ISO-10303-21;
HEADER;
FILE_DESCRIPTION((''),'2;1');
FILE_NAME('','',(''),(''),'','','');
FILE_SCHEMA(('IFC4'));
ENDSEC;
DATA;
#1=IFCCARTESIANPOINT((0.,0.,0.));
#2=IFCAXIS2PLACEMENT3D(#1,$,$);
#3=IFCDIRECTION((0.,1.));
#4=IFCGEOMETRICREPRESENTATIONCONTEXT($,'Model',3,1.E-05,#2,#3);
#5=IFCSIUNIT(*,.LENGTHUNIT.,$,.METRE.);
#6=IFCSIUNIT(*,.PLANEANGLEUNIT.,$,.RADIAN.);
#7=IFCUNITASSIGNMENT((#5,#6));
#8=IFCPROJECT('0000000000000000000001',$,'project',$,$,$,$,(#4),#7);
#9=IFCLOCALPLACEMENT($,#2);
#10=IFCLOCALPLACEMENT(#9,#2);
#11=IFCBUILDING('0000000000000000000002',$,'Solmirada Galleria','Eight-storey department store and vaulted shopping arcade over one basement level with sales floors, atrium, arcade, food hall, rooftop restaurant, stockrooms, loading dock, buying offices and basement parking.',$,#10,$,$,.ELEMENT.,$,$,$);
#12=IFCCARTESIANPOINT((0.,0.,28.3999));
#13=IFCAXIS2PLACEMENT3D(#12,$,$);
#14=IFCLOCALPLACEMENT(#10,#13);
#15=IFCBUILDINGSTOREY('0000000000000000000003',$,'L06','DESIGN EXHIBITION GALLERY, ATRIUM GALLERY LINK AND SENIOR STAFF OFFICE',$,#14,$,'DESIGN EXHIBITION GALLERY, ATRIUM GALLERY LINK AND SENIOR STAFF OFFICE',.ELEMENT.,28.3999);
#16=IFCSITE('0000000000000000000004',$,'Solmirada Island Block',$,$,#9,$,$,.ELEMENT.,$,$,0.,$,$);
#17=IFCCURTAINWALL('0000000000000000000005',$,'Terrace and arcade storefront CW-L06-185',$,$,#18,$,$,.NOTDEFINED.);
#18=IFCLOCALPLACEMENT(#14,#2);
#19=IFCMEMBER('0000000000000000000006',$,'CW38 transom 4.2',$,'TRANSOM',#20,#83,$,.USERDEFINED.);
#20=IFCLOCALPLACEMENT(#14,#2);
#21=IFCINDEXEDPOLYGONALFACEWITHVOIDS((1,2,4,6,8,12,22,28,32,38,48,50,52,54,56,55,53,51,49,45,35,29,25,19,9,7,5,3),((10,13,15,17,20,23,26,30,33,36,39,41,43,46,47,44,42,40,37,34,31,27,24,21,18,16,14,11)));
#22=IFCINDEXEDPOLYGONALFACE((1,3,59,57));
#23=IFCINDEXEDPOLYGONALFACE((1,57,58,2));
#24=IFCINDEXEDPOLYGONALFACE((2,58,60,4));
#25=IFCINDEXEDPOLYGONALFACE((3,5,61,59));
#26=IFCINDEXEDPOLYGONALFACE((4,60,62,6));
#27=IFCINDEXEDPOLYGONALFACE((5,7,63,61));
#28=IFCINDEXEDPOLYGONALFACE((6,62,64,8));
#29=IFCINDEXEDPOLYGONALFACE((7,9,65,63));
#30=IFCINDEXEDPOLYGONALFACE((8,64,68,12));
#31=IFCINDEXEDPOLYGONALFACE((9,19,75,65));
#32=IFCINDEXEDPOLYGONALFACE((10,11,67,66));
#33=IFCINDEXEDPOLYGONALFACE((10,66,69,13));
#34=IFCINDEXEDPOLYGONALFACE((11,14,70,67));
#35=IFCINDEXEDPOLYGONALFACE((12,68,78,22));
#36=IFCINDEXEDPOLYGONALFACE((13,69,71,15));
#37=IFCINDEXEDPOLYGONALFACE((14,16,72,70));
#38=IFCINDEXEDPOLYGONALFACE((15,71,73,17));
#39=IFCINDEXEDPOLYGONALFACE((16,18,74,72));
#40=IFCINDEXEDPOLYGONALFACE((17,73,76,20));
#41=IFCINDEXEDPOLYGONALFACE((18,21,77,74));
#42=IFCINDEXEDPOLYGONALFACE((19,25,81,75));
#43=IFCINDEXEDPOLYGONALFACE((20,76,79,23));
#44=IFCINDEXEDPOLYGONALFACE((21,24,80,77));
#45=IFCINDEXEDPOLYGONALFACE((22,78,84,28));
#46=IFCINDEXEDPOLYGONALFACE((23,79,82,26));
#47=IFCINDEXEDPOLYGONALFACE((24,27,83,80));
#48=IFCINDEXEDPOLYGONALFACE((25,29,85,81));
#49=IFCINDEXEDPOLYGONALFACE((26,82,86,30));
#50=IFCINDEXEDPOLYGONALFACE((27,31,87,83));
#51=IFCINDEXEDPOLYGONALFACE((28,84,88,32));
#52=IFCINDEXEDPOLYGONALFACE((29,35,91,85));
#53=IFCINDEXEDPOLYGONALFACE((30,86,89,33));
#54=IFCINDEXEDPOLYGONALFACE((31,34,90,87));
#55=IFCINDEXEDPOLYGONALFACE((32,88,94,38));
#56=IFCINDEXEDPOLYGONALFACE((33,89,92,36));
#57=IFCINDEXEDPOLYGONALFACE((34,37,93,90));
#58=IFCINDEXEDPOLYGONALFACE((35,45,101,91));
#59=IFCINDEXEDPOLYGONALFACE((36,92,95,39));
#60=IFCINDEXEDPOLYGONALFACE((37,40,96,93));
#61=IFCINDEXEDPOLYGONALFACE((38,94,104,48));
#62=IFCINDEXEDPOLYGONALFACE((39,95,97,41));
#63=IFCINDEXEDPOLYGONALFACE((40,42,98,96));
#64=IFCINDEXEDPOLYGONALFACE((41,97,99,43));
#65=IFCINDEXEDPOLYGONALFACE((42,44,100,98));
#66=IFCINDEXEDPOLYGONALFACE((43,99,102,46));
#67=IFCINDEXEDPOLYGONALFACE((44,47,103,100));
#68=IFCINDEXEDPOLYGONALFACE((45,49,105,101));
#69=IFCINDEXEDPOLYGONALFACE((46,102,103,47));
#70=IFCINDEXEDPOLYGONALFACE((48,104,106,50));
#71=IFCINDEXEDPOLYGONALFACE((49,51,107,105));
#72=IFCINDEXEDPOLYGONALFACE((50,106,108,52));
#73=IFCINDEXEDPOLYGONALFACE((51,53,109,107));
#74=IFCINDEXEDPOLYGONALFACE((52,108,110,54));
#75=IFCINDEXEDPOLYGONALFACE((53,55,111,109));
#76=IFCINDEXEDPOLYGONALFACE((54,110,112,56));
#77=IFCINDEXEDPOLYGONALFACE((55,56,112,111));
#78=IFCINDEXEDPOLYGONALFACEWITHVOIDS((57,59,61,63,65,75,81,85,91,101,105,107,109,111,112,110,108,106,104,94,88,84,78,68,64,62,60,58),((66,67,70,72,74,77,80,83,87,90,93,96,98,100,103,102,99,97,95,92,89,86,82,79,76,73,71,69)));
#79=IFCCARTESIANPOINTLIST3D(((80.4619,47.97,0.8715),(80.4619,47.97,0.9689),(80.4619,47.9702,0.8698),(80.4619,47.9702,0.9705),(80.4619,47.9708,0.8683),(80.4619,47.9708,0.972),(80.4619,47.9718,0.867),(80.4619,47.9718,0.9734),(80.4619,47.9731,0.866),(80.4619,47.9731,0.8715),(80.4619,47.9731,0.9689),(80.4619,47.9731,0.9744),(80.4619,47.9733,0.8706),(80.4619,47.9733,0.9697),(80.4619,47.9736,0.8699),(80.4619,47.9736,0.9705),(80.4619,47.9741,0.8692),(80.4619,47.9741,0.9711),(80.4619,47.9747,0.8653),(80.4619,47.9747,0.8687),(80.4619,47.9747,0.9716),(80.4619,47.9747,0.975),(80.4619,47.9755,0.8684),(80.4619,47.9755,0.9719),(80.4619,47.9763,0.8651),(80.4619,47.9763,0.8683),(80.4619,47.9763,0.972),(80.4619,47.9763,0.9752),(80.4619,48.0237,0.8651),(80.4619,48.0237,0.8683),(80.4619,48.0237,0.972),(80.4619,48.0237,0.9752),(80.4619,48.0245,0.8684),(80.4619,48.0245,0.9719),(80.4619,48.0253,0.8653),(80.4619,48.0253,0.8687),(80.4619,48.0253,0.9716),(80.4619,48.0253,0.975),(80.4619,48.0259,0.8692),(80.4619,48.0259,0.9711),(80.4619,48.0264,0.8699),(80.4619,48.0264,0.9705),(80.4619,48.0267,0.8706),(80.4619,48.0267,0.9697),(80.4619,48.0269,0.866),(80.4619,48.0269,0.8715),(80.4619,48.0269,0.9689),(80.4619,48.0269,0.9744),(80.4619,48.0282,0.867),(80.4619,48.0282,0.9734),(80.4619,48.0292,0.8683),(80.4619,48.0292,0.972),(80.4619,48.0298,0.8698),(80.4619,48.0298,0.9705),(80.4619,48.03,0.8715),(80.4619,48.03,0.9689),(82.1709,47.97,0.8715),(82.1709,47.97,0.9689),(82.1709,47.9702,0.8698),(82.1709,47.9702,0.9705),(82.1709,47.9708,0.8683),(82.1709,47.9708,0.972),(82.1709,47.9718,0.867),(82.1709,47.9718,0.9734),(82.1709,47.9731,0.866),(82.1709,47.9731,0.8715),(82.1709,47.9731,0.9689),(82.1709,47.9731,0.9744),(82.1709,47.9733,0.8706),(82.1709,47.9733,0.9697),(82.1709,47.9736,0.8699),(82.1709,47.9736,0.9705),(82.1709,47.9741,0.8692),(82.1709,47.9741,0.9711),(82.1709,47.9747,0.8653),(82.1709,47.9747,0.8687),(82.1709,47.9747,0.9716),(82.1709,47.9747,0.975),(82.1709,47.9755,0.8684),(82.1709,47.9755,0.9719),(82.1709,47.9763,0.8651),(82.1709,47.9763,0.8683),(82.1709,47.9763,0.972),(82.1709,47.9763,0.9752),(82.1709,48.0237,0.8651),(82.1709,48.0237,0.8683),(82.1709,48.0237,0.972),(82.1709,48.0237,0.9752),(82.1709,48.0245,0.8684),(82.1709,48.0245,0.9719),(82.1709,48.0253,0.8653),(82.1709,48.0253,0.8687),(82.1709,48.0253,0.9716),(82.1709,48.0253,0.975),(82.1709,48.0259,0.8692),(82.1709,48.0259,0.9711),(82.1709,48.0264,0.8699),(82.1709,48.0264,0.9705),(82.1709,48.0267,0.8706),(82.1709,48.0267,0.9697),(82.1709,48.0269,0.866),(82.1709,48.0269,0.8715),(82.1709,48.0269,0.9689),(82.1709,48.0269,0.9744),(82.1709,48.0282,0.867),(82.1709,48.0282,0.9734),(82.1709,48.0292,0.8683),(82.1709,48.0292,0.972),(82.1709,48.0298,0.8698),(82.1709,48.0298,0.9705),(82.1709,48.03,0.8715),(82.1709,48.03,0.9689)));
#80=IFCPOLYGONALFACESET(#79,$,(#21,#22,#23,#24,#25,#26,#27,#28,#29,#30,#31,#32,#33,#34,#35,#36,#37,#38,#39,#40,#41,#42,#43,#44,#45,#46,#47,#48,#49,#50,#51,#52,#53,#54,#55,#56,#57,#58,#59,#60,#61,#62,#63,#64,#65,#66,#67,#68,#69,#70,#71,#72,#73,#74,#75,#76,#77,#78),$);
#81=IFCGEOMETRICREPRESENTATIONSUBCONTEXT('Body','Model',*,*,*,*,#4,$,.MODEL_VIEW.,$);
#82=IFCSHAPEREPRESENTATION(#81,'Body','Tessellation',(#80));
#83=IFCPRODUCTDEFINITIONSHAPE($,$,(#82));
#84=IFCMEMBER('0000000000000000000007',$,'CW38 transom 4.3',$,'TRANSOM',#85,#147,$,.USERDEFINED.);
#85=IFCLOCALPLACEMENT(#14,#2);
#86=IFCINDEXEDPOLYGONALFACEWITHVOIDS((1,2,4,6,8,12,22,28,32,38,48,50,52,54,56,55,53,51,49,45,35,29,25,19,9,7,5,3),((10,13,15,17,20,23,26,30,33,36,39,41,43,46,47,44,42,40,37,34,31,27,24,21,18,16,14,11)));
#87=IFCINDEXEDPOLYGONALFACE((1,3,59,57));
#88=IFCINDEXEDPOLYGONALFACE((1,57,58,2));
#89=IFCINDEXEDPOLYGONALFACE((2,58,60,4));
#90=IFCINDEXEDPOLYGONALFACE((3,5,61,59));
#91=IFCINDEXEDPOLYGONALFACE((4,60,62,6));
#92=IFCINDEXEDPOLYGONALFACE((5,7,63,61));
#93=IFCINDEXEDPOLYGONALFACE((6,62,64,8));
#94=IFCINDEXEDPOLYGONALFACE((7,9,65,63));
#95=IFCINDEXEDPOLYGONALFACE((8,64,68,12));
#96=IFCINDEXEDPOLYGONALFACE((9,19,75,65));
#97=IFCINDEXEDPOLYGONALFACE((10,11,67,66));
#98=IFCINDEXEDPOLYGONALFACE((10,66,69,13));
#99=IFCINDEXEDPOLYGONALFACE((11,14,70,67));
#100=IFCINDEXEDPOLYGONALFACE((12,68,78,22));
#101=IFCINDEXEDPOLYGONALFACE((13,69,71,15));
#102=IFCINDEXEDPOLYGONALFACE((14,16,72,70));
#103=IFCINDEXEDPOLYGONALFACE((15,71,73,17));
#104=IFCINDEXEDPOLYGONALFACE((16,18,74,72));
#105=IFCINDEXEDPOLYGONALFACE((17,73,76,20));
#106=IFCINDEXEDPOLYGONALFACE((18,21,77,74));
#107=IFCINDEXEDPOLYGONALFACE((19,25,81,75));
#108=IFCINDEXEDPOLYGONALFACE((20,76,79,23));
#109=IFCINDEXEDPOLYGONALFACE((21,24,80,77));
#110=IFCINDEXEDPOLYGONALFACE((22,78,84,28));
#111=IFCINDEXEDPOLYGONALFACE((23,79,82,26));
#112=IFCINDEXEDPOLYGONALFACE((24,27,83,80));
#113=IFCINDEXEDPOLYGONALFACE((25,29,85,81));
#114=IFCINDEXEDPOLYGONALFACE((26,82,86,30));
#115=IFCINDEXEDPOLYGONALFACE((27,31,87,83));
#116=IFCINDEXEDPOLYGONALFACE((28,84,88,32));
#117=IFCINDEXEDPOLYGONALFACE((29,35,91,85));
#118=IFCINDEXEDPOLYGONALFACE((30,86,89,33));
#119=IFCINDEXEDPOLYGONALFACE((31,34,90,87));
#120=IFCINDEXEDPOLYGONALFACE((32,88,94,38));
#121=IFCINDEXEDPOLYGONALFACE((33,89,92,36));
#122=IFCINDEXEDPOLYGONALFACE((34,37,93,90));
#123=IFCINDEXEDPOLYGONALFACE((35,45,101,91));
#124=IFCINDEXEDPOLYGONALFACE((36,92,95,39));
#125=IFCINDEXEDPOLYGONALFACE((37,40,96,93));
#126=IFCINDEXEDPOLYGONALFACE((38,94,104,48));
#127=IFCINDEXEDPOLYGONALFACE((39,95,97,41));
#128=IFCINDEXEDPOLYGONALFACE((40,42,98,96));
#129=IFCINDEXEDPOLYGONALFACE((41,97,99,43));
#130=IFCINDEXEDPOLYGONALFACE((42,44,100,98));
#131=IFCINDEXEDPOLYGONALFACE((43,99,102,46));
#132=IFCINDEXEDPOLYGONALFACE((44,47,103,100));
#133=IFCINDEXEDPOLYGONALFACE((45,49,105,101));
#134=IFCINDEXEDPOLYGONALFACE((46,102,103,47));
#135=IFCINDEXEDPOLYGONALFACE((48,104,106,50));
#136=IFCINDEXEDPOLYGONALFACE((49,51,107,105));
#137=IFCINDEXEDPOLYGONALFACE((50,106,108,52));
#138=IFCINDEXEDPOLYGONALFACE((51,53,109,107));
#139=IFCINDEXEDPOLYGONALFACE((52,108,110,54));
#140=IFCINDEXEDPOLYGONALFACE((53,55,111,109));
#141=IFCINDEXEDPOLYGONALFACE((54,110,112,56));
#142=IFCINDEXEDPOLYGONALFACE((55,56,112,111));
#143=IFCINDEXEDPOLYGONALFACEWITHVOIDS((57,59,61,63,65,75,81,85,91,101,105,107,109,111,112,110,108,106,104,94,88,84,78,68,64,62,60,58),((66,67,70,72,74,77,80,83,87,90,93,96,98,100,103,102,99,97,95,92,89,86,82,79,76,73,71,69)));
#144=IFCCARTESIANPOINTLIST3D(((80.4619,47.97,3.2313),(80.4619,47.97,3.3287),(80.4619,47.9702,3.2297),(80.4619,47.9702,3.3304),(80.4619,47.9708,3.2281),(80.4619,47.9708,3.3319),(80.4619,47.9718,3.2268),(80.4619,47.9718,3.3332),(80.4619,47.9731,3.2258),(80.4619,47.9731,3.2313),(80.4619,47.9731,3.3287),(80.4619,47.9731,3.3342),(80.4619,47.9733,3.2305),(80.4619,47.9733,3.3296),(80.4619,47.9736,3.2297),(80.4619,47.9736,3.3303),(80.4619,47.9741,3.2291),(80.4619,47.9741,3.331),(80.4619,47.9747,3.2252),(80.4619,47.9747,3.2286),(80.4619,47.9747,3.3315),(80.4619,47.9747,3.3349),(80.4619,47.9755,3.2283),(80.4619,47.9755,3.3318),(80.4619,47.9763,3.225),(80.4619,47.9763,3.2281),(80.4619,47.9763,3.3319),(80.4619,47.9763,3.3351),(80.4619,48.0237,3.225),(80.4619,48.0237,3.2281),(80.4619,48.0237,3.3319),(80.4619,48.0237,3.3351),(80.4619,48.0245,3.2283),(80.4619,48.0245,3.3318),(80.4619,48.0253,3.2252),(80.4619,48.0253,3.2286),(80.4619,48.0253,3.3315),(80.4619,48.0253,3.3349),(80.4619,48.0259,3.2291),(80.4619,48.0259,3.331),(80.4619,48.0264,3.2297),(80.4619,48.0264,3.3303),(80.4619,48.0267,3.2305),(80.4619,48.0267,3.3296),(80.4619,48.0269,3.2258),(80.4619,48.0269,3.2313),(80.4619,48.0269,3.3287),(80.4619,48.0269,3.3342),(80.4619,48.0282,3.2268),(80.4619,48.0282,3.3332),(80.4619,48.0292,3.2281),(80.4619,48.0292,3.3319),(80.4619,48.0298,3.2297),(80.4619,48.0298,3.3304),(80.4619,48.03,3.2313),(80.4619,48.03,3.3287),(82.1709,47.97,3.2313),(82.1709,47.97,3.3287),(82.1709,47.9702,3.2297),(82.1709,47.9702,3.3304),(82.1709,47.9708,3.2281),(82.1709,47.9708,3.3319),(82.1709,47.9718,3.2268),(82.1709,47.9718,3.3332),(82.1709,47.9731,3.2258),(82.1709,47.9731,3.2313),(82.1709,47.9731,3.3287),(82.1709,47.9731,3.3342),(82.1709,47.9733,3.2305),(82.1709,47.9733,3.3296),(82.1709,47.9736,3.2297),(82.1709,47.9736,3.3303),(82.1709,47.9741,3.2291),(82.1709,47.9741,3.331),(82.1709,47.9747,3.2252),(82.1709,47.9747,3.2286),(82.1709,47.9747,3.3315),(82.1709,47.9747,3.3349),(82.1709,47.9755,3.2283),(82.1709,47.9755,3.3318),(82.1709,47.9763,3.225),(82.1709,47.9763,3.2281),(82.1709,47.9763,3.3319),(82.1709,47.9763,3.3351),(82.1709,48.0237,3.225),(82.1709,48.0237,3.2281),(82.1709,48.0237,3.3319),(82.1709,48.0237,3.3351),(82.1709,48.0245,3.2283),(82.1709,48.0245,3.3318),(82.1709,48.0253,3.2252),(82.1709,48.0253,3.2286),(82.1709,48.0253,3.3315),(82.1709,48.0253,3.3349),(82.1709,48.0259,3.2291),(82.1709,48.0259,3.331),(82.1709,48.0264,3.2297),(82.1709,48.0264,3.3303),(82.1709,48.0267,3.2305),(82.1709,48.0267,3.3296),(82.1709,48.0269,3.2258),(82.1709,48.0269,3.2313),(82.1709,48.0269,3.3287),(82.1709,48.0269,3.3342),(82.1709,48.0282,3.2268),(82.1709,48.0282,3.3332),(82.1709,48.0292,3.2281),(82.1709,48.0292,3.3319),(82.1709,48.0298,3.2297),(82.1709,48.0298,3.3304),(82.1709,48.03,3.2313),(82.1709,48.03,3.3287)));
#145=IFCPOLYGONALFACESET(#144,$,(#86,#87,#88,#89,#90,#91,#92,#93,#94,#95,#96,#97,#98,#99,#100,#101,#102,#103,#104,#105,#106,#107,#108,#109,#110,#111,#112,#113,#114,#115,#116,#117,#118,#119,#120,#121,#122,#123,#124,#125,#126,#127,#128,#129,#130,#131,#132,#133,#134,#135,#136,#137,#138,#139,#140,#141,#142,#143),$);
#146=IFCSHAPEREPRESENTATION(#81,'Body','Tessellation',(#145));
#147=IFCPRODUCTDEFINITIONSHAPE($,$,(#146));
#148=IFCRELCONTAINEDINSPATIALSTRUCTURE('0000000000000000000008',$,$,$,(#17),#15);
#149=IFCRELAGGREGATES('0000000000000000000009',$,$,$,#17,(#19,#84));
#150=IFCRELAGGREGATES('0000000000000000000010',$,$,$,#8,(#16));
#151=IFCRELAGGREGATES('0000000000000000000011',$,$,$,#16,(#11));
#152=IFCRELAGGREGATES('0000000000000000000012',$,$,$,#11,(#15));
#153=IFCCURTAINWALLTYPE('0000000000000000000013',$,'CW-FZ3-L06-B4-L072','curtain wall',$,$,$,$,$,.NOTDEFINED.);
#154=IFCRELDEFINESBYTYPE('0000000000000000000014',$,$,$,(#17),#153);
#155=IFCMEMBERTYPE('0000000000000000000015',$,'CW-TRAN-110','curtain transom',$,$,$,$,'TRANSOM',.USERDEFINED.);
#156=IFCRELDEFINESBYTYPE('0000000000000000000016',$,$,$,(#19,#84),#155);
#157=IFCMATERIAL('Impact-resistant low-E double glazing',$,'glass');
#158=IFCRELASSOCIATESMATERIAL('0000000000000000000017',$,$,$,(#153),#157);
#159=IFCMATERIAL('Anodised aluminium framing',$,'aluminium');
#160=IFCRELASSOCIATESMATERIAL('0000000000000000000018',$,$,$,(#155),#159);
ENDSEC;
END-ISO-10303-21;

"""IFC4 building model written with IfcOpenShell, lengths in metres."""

from ifc_helpers import new_model, si_unit, direction, frame, origin, origin_2d, place, context, subcontext, project, spatial, hollow_rectangle, extrude, material, material_profile, profile_set, type_object, element, aggregate, save


model = new_model("IFC4")

# Units and contexts
model_context = context("Model", 3, precision=1e-05, world=origin(), true_north=direction((0.0, 1.0)))
body_context = subcontext(model_context, "Body", "Model", "MODEL_VIEW")
ifc_project = project(units=[si_unit("LENGTHUNIT", "METRE"), si_unit("PLANEANGLEUNIT", "RADIAN")], contexts=[model_context])

# Site, building, storey
site_placement = place(None, origin())
site = spatial("IfcSite", under=ifc_project, at=site_placement, Name="Solmirada Island Block", CompositionType="ELEMENT", RefElevation=0.0)
building_placement = place(site_placement, origin())
building = spatial("IfcBuilding", under=site, at=building_placement, Name="Solmirada Galleria", Description="Eight-storey department store and vaulted shopping arcade over one basement level with sales floors, atrium, arcade, food hall, rooftop restaurant, stockrooms, loading dock, buying offices and basement parking.", CompositionType="ELEMENT")
storey_placement = place(building_placement, frame((0.0, 0.0, 28.3999)))
storey = spatial("IfcBuildingStorey", under=building, at=storey_placement, Name="L06", Description="DESIGN EXHIBITION GALLERY, ATRIUM GALLERY LINK AND SENIOR STAFF OFFICE", LongName="DESIGN EXHIBITION GALLERY, ATRIUM GALLERY LINK AND SENIOR STAFF OFFICE", CompositionType="ELEMENT", Elevation=28.3999)

# Curtain wall, members
ifc_material_1 = material(Name="Impact-resistant low-E double glazing", Category="glass")
curtain_wall_type = type_object("IfcCurtainWallType", Name="CW-FZ3-L06-B4-L072", Description="curtain wall", PredefinedType="NOTDEFINED", material=ifc_material_1)
curtain_wall_placement = place(storey_placement, origin())
curtain_wall = element("IfcCurtainWall", 1, at=curtain_wall_placement, inside=storey, type_object=curtain_wall_type, Name="Terrace and arcade storefront CW-L06-185", PredefinedType="NOTDEFINED")
ifc_material_2 = material(Name="Anodised aluminium framing", Category="aluminium")
ifc_material_profile_1 = material_profile(ifc_material_2, hollow_rectangle(XDim=0.0601, YDim=0.1101, WallThickness=0.0032, InnerFilletRadius=0.0032, OuterFilletRadius=0.0063, at=origin_2d()), Name="ALU-TRAN-110X60")
ifc_profile_set_1 = profile_set([ifc_material_profile_1], Name="Anodised aluminium framing")
member_type_1 = type_object("IfcMemberType", Name="CW-TRAN-110", Description="curtain transom", ElementType="TRANSOM", PredefinedType="USERDEFINED", material=ifc_profile_set_1)
member_1_placement = place(storey_placement, frame((82.1709, 48.0, 0.9202), z_axis=(-1.0, 0.0, 0.0), x_axis=(0.0, -1.0, 0.0)))
member_1 = element("IfcMember", 2, at=member_1_placement, type_object=member_type_1, Name="CW38 transom 4.2", ObjectType="TRANSOM", PredefinedType="USERDEFINED", context=body_context, shape_type="SweptSolid", body=[
    extrude(hollow_rectangle(XDim=0.0601, YDim=0.1101, WallThickness=0.0032, InnerFilletRadius=0.0032, OuterFilletRadius=0.0063, at=origin_2d()), origin(), (0.0, 0.0, 1.0), 1.709),
])
member_2_placement = place(storey_placement, frame((82.1709, 48.0, 3.28), z_axis=(-1.0, 0.0, 0.0), x_axis=(0.0, -1.0, 0.0)))
member_2 = element("IfcMember", 3, at=member_2_placement, type_object=member_type_1, Name="CW38 transom 4.3", ObjectType="TRANSOM", PredefinedType="USERDEFINED", context=body_context, shape_type="SweptSolid", body=[
    extrude(hollow_rectangle(XDim=0.0601, YDim=0.1101, WallThickness=0.0032, InnerFilletRadius=0.0032, OuterFilletRadius=0.0063, at=origin_2d()), origin(), (0.0, 0.0, 1.0), 1.709),
])
aggregate(curtain_wall, [member_1, member_2])

save(model, "model.ifc")
